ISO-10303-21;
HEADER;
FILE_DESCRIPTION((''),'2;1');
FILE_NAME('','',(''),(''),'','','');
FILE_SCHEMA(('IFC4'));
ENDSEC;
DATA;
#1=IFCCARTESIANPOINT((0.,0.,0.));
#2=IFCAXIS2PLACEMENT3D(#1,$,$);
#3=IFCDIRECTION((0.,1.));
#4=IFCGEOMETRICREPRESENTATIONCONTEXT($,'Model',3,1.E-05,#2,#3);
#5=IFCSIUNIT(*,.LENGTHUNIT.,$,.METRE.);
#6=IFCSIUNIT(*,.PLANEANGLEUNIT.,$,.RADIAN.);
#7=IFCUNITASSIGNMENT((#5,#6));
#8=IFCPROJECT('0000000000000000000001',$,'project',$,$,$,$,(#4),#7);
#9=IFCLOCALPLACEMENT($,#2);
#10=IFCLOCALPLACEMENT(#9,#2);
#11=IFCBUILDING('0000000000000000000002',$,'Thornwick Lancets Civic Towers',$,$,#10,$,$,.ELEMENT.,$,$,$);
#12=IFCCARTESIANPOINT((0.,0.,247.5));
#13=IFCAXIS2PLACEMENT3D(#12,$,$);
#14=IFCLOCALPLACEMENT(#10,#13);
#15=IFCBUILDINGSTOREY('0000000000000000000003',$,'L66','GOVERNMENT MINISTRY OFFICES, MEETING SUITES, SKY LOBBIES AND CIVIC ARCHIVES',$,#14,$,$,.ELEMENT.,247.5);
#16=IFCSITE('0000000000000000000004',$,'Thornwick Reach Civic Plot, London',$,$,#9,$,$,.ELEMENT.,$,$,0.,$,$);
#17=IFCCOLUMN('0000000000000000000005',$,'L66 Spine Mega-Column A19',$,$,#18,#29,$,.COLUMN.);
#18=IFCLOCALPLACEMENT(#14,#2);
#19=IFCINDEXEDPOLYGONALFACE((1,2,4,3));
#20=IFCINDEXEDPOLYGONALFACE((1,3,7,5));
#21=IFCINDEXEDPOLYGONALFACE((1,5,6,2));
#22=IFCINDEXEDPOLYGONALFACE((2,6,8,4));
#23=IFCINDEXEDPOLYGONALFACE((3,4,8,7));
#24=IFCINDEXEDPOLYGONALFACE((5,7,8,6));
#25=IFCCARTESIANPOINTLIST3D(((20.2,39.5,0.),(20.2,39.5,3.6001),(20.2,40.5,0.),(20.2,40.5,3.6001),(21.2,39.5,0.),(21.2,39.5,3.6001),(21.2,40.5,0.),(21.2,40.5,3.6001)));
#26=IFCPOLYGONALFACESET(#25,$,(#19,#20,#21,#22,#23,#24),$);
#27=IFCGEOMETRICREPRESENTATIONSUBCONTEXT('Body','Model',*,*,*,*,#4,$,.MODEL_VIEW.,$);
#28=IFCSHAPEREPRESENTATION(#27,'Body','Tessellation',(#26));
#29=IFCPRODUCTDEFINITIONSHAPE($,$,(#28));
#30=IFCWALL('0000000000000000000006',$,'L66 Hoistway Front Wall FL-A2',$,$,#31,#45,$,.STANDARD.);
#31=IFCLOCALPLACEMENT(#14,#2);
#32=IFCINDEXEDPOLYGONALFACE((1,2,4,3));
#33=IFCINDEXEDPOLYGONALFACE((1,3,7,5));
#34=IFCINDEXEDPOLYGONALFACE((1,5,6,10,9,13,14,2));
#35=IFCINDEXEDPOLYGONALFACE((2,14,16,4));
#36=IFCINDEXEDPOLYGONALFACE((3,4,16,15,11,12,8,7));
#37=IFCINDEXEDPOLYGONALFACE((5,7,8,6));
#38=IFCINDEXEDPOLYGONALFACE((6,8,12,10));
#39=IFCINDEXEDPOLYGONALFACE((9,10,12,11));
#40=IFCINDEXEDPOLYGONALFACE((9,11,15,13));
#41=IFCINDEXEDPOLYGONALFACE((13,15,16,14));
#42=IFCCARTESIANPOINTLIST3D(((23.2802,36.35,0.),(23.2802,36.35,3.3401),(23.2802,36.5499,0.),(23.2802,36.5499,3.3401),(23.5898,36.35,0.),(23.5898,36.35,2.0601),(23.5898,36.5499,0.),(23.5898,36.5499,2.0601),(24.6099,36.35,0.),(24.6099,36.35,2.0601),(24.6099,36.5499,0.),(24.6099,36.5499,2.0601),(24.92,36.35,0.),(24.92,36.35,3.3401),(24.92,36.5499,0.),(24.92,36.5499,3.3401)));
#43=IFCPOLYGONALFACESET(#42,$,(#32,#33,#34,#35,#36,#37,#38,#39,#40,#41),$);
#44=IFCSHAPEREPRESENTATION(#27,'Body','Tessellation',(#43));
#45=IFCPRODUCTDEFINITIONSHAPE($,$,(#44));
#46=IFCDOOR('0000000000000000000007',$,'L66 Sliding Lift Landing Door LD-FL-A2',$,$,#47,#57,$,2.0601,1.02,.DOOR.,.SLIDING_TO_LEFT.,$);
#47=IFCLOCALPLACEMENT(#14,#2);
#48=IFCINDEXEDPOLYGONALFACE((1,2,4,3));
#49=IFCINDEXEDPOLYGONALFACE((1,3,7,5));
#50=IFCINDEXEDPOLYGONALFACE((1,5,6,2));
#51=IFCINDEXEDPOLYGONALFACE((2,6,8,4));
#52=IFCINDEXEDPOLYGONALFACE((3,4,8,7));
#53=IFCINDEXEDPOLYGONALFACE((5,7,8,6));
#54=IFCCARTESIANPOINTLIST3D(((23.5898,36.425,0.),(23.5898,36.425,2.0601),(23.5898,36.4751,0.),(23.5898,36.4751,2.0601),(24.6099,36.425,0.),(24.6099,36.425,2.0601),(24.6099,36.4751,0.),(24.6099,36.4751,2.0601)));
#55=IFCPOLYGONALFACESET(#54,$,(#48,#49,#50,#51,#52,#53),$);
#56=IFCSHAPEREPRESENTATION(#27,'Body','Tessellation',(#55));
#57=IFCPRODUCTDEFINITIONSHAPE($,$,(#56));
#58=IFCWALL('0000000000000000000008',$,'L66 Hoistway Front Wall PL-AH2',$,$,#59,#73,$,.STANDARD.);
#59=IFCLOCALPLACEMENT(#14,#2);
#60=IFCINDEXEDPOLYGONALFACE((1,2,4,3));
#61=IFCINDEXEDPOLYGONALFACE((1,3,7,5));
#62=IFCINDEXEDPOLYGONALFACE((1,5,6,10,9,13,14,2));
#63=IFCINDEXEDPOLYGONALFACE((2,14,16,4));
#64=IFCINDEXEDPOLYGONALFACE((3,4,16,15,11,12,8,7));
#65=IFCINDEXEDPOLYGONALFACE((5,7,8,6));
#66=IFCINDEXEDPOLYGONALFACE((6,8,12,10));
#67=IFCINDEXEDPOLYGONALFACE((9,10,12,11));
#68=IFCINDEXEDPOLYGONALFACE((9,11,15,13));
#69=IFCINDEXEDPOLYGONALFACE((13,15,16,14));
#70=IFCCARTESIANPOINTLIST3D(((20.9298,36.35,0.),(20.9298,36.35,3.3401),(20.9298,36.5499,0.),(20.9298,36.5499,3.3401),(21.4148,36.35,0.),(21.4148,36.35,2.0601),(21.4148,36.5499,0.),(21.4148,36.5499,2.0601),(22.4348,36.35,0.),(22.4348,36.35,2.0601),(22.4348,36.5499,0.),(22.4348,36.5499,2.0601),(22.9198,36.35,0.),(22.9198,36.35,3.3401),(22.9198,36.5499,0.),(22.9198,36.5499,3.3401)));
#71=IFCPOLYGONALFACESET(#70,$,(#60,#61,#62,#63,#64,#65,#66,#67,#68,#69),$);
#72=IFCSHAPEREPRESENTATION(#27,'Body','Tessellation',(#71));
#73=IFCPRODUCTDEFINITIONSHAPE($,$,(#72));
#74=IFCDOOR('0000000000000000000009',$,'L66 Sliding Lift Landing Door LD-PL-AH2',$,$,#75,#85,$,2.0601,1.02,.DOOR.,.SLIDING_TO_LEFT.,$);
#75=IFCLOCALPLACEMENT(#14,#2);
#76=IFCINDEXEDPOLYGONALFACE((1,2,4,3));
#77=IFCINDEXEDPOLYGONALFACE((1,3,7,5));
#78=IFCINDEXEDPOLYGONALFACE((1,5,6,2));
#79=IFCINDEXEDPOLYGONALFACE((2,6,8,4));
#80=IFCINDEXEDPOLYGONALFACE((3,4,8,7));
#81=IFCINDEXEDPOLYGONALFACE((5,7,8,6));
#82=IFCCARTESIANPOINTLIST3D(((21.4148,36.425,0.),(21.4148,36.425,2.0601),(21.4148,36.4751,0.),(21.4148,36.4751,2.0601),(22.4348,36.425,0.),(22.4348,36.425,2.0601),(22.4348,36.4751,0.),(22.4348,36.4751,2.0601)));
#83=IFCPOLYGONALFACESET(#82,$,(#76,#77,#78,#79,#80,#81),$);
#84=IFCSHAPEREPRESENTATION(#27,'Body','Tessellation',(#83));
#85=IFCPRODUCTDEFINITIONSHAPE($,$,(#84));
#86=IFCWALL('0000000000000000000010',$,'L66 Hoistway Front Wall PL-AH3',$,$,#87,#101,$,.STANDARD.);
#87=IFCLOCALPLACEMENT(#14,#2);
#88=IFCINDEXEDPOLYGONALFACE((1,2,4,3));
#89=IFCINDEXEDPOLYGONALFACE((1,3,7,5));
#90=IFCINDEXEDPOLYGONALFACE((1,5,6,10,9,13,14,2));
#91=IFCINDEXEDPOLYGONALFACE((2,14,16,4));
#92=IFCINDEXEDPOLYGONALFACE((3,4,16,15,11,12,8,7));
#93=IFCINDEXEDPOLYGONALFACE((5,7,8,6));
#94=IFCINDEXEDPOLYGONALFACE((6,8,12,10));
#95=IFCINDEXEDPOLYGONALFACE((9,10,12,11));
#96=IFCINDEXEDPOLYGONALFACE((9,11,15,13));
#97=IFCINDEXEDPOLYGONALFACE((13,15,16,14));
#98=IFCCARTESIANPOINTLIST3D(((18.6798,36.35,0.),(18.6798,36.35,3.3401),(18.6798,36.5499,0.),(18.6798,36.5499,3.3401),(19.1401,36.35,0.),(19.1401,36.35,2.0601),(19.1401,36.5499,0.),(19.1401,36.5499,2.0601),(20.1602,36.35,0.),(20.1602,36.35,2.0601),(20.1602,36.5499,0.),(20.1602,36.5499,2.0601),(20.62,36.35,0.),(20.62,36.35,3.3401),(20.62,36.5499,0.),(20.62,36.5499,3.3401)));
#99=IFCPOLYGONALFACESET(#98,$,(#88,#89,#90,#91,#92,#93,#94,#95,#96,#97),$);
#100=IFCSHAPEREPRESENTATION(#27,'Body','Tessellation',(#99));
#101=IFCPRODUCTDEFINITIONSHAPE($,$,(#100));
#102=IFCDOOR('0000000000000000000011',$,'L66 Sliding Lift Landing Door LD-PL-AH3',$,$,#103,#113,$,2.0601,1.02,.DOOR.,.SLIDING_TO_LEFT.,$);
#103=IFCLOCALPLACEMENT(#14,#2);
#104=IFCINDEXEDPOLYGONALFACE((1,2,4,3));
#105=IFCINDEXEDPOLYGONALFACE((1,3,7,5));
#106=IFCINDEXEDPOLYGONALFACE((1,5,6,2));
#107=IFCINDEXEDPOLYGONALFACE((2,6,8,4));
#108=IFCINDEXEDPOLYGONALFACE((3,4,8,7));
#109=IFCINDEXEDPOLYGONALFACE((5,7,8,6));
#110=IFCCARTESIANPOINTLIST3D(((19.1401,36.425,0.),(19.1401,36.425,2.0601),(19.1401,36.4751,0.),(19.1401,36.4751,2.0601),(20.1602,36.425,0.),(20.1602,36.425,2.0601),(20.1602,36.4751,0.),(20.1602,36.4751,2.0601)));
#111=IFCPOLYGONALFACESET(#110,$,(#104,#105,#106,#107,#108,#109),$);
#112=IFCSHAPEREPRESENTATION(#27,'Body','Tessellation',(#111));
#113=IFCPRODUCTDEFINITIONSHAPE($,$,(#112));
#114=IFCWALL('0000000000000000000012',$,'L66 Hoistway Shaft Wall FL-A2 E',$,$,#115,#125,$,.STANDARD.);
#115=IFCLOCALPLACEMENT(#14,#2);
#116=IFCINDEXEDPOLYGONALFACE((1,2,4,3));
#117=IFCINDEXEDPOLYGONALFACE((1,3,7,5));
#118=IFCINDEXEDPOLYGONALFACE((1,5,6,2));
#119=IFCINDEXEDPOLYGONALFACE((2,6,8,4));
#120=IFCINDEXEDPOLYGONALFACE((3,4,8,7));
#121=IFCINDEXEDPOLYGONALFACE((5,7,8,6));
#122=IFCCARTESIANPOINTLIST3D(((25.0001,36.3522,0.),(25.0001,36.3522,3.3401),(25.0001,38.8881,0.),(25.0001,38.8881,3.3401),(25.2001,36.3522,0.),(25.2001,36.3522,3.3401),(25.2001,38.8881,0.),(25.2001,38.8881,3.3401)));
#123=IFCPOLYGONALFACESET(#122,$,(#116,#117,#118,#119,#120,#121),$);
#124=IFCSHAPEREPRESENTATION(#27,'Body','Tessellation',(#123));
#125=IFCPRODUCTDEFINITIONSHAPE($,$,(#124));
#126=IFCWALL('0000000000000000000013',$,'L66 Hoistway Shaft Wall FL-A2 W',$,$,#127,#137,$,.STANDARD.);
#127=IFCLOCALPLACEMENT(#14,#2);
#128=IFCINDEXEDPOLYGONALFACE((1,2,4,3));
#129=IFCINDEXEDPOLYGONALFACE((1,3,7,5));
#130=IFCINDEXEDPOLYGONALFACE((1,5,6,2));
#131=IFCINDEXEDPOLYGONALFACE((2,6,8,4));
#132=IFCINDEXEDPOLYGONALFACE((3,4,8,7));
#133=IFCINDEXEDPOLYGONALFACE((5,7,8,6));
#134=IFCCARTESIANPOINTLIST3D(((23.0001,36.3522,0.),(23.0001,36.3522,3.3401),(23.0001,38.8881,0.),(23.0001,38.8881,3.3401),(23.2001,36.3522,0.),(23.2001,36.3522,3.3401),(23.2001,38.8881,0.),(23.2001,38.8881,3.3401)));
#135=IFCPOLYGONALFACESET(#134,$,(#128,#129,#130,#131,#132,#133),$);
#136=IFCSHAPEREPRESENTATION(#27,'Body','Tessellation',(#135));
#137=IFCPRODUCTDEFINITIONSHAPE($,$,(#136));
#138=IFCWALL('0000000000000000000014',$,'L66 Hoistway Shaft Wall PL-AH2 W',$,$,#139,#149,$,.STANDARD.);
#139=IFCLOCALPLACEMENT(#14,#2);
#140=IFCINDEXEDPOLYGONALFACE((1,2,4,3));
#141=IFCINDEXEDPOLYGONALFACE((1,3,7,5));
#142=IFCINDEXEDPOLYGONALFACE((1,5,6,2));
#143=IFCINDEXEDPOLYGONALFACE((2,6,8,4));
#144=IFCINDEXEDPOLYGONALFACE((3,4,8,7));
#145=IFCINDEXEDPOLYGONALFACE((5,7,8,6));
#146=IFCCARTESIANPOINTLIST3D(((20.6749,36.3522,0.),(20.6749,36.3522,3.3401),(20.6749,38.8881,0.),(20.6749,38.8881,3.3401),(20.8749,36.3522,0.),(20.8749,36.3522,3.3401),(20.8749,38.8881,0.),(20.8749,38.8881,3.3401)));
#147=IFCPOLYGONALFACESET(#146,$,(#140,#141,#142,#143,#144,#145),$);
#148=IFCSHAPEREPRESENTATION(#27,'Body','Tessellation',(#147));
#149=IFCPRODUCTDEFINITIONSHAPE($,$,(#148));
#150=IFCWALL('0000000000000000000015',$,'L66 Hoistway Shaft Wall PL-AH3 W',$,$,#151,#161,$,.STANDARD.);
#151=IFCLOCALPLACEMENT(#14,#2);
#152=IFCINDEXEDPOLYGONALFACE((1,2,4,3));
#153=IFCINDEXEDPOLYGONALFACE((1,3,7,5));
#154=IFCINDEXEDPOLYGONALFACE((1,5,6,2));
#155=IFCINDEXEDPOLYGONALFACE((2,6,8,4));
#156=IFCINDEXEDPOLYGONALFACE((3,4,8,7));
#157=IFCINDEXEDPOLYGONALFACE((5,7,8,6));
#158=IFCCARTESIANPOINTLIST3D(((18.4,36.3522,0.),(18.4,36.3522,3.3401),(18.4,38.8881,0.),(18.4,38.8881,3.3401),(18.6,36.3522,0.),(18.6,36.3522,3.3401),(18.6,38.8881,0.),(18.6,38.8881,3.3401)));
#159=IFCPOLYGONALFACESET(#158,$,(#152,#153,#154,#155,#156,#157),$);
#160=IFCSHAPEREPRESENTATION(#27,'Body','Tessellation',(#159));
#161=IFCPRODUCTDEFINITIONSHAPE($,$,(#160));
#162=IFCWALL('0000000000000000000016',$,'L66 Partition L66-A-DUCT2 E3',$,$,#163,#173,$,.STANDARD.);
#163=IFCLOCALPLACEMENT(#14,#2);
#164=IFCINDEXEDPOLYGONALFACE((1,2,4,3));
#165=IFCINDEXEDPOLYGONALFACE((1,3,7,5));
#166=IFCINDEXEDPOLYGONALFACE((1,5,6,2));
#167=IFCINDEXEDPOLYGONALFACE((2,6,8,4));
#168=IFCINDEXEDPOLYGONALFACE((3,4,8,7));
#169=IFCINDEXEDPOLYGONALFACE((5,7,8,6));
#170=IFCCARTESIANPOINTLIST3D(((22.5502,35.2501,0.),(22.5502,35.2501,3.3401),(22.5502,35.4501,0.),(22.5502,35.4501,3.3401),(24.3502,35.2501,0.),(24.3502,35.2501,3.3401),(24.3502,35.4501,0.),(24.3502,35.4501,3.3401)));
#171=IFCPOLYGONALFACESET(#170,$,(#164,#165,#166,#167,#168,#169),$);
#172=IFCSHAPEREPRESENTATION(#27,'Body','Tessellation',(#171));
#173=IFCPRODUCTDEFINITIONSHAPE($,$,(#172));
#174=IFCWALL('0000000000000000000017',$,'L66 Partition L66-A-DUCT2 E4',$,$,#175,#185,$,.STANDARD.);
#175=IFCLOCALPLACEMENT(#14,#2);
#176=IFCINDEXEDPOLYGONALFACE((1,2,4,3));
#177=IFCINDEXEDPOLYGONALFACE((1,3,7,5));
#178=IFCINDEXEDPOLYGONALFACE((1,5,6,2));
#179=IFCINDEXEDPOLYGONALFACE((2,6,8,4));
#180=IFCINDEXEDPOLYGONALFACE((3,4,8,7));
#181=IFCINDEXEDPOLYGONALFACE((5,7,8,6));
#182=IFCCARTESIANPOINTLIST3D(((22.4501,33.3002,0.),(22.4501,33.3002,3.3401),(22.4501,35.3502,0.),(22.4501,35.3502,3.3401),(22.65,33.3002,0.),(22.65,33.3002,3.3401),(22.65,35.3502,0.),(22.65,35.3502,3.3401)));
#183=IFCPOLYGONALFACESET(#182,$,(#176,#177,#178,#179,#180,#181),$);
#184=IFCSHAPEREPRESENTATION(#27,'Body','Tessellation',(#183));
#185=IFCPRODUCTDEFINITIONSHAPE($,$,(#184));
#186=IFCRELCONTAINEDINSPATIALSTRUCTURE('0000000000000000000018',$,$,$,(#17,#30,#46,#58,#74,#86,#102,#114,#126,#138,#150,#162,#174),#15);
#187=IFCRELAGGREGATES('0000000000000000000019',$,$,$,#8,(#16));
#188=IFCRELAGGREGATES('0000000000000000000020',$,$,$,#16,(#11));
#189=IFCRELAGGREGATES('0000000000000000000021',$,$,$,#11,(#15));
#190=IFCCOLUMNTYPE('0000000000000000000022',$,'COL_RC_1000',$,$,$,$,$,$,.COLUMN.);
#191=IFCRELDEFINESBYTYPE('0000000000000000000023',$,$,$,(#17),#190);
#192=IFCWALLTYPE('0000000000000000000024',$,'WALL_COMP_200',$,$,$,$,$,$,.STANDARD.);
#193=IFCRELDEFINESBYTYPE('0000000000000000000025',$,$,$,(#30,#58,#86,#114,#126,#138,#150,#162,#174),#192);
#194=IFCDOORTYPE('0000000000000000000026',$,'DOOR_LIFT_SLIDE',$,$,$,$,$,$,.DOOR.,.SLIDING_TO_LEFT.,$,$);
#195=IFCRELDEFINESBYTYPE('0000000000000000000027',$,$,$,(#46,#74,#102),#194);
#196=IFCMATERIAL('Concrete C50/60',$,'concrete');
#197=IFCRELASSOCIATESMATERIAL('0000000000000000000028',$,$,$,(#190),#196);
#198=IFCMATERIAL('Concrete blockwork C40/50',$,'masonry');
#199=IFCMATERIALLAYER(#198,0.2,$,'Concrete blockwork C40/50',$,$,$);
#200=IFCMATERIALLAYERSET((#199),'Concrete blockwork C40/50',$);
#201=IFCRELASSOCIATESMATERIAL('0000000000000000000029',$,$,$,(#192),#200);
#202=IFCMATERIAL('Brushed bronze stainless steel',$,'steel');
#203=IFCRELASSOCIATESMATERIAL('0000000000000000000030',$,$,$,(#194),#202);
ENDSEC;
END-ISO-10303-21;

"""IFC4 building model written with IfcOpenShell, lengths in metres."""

from ifc_helpers import new_model, si_unit, direction, frame, frame_2d, origin, origin_2d, place, context, subcontext, project, spatial, rectangle, extrude, material, layer, layer_set, material_profile, profile_set, type_object, element, fill, save


model = new_model("IFC4")

# Units and contexts
model_context = context("Model", 3, precision=1e-05, world=origin(), true_north=direction((0.0, 1.0)))
body_context = subcontext(model_context, "Body", "Model", "MODEL_VIEW")
ifc_project = project(units=[si_unit("LENGTHUNIT", "METRE"), si_unit("PLANEANGLEUNIT", "RADIAN")], contexts=[model_context])

# Site, building, storey
site_placement = place(None, origin())
site = spatial("IfcSite", under=ifc_project, at=site_placement, Name="Thornwick Reach Civic Plot, London", CompositionType="ELEMENT", RefElevation=0.0)
building_placement = place(site_placement, origin())
building = spatial("IfcBuilding", under=site, at=building_placement, Name="Thornwick Lancets Civic Towers", CompositionType="ELEMENT")
storey_placement = place(building_placement, frame((0.0, 0.0, 247.5)))
storey = spatial("IfcBuildingStorey", under=building, at=storey_placement, Name="L66", Description="GOVERNMENT MINISTRY OFFICES, MEETING SUITES, SKY LOBBIES AND CIVIC ARCHIVES", CompositionType="ELEMENT", Elevation=247.5)

# Column
ifc_material_1 = material(Name="Concrete C50/60", Category="concrete")
ifc_material_profile = material_profile(ifc_material_1, rectangle(XDim=1.0, YDim=1.0, at=origin_2d()), Name="RC 1000x1000")
ifc_profile_set = profile_set([ifc_material_profile], Name="Concrete C50/60")
column_type = type_object("IfcColumnType", Name="COL_RC_1000", PredefinedType="COLUMN", material=ifc_profile_set)
column_placement = place(storey_placement, frame((20.7, 40.0, 0.0), z_axis=(0.0, 0.0, 1.0), x_axis=(1.0, 0.0, 0.0)))
element("IfcColumn", 1, at=column_placement, inside=storey, type_object=column_type, Name="L66 Spine Mega-Column A19", PredefinedType="COLUMN", context=body_context, shape_type="SweptSolid", body=[
    extrude(rectangle(XDim=1.0, YDim=1.0, at=origin_2d()), origin(), (0.0, 0.0, 1.0), 3.6001),
])

# Walls, openings, doors
ifc_material_2 = material(Name="Concrete blockwork C40/50", Category="masonry")
ifc_layer_1 = layer(ifc_material_2, 0.2, Name="Concrete blockwork C40/50")
ifc_layer_set_1 = layer_set([ifc_layer_1], Name="Concrete blockwork C40/50")
wall_type_1 = type_object("IfcWallType", Name="WALL_COMP_200", PredefinedType="STANDARD", material=ifc_layer_set_1)
wall_1_placement = place(storey_placement, frame((24.9199, 36.45, 0.0), z_axis=(0.0, 0.0, 1.0), x_axis=(-1.0, 0.0, 0.0)))
wall_1 = element("IfcWall", 2, at=wall_1_placement, inside=storey, type_object=wall_type_1, Name="L66 Hoistway Front Wall FL-A2", PredefinedType="STANDARD", context=body_context, shape_type="SweptSolid", body=[
    extrude(rectangle(XDim=1.6399, YDim=0.2, at=frame_2d((0.8198, 0.0))), origin(), (0.0, 0.0, 1.0), 3.3401),
])
opening_1_placement = place(wall_1_placement, frame((0.3101, 0.0, 0.0)))
opening_1 = element("IfcOpeningElement", 3, at=opening_1_placement, cuts=wall_1, PredefinedType="OPENING", context=body_context, shape_type="SweptSolid", body=[
    extrude(rectangle(XDim=1.02, YDim=2.0601, at=frame_2d((0.51, 1.03))), frame((0.0, 0.1099, 0.0), z_axis=(0.0, -1.0, 0.0), x_axis=(1.0, 0.0, 0.0)), (0.0, 0.0, 1.0), 0.22),
])
ifc_material_3 = material(Name="Brushed bronze stainless steel", Category="steel")
door_type = type_object("IfcDoorType", Name="DOOR_LIFT_SLIDE", OperationType="SLIDING_TO_LEFT", PredefinedType="DOOR", material=ifc_material_3)
door_1_placement = place(opening_1_placement, origin())
door_1 = element("IfcDoor", 4, at=door_1_placement, inside=storey, type_object=door_type, Name="L66 Sliding Lift Landing Door LD-FL-A2", OperationType="SLIDING_TO_LEFT", OverallHeight=2.0601, OverallWidth=1.02, PredefinedType="DOOR", context=body_context, shape_type="SweptSolid", body=[
    extrude(rectangle(XDim=1.02, YDim=2.0601, at=frame_2d((0.51, 1.03))), frame((0.0, 0.0249, 0.0), z_axis=(0.0, -1.0, 0.0), x_axis=(1.0, 0.0, 0.0)), (0.0, 0.0, 1.0), 0.05),
])
fill(opening_1, door_1)
wall_2_placement = place(storey_placement, frame((22.9199, 36.45, 0.0), z_axis=(0.0, 0.0, 1.0), x_axis=(-1.0, 0.0, 0.0)))
wall_2 = element("IfcWall", 5, at=wall_2_placement, inside=storey, type_object=wall_type_1, Name="L66 Hoistway Front Wall PL-AH2", PredefinedType="STANDARD", context=body_context, shape_type="SweptSolid", body=[
    extrude(rectangle(XDim=1.99, YDim=0.2, at=frame_2d((0.9951, 0.0))), origin(), (0.0, 0.0, 1.0), 3.3401),
])
opening_2_placement = place(wall_2_placement, frame((0.4851, 0.0, 0.0)))
opening_2 = element("IfcOpeningElement", 6, at=opening_2_placement, cuts=wall_2, PredefinedType="OPENING", context=body_context, shape_type="SweptSolid", body=[
    extrude(rectangle(XDim=1.02, YDim=2.0601, at=frame_2d((0.51, 1.03))), frame((0.0, 0.1099, 0.0), z_axis=(0.0, -1.0, 0.0), x_axis=(1.0, 0.0, 0.0)), (0.0, 0.0, 1.0), 0.22),
])
door_2_placement = place(opening_2_placement, origin())
door_2 = element("IfcDoor", 7, at=door_2_placement, inside=storey, type_object=door_type, Name="L66 Sliding Lift Landing Door LD-PL-AH2", OperationType="SLIDING_TO_LEFT", OverallHeight=2.0601, OverallWidth=1.02, PredefinedType="DOOR", context=body_context, shape_type="SweptSolid", body=[
    extrude(rectangle(XDim=1.02, YDim=2.0601, at=frame_2d((0.51, 1.03))), frame((0.0, 0.0249, 0.0), z_axis=(0.0, -1.0, 0.0), x_axis=(1.0, 0.0, 0.0)), (0.0, 0.0, 1.0), 0.05),
])
fill(opening_2, door_2)
wall_3_placement = place(storey_placement, frame((20.6201, 36.45, 0.0), z_axis=(0.0, 0.0, 1.0), x_axis=(-1.0, 0.0, 0.0)))
wall_3 = element("IfcWall", 8, at=wall_3_placement, inside=storey, type_object=wall_type_1, Name="L66 Hoistway Front Wall PL-AH3", PredefinedType="STANDARD", context=body_context, shape_type="SweptSolid", body=[
    extrude(rectangle(XDim=1.9402, YDim=0.2, at=frame_2d((0.9702, 0.0))), origin(), (0.0, 0.0, 1.0), 3.3401),
])
opening_3_placement = place(wall_3_placement, frame((0.46, 0.0, 0.0)))
opening_3 = element("IfcOpeningElement", 9, at=opening_3_placement, cuts=wall_3, PredefinedType="OPENING", context=body_context, shape_type="SweptSolid", body=[
    extrude(rectangle(XDim=1.02, YDim=2.0601, at=frame_2d((0.51, 1.03))), frame((0.0, 0.1099, 0.0), z_axis=(0.0, -1.0, 0.0), x_axis=(1.0, 0.0, 0.0)), (0.0, 0.0, 1.0), 0.22),
])
door_3_placement = place(opening_3_placement, origin())
door_3 = element("IfcDoor", 10, at=door_3_placement, inside=storey, type_object=door_type, Name="L66 Sliding Lift Landing Door LD-PL-AH3", OperationType="SLIDING_TO_LEFT", OverallHeight=2.0601, OverallWidth=1.02, PredefinedType="DOOR", context=body_context, shape_type="SweptSolid", body=[
    extrude(rectangle(XDim=1.02, YDim=2.0601, at=frame_2d((0.51, 1.03))), frame((0.0, 0.0249, 0.0), z_axis=(0.0, -1.0, 0.0), x_axis=(1.0, 0.0, 0.0)), (0.0, 0.0, 1.0), 0.05),
])
fill(opening_3, door_3)

# Walls
for number, where, z_axis, x_axis, name in (
    (11, (25.1001, 36.3521, 0.0), (0.0, 0.0, 1.0), (0.0, 1.0, 0.0), "L66 Hoistway Shaft Wall FL-A2 E"),
    (12, (23.1001, 36.3521, 0.0), (0.0, 0.0, 1.0), (0.0, 1.0, 0.0), "L66 Hoistway Shaft Wall FL-A2 W"),
    (13, (20.7749, 36.3521, 0.0), (0.0, 0.0, 1.0), (0.0, 1.0, 0.0), "L66 Hoistway Shaft Wall PL-AH2 W"),
    (14, (18.5, 36.3521, 0.0), (0.0, 0.0, 1.0), (0.0, 1.0, 0.0), "L66 Hoistway Shaft Wall PL-AH3 W"),
):
    element("IfcWall", number, at=place(storey_placement, frame(where, z_axis=z_axis, x_axis=x_axis)), inside=storey, type_object=wall_type_1, Name=name, PredefinedType="STANDARD", context=body_context, shape_type="SweptSolid", body=[
        extrude(rectangle(XDim=2.5359, YDim=0.2, at=frame_2d((1.2681, 0.0))), origin(), (0.0, 0.0, 1.0), 3.3401),
    ])
wall_4_placement = place(storey_placement, frame((24.3501, 35.3501, 0.0), z_axis=(0.0, 0.0, 1.0), x_axis=(-1.0, 0.0, 0.0)))
element("IfcWall", 15, at=wall_4_placement, inside=storey, type_object=wall_type_1, Name="L66 Partition L66-A-DUCT2 E3", PredefinedType="STANDARD", context=body_context, shape_type="SweptSolid", body=[
    extrude(rectangle(XDim=1.8, YDim=0.2, at=frame_2d((0.8999, 0.0))), origin(), (0.0, 0.0, 1.0), 3.3401),
])
wall_5_placement = place(storey_placement, frame((22.55, 35.3501, 0.0), z_axis=(0.0, 0.0, 1.0), x_axis=(0.0, -1.0, 0.0)))
element("IfcWall", 16, at=wall_5_placement, inside=storey, type_object=wall_type_1, Name="L66 Partition L66-A-DUCT2 E4", PredefinedType="STANDARD", context=body_context, shape_type="SweptSolid", body=[
    extrude(rectangle(XDim=2.05, YDim=0.2, at=frame_2d((1.0249, 0.0))), origin(), (0.0, 0.0, 1.0), 3.3401),
])

save(model, "model.ifc")
